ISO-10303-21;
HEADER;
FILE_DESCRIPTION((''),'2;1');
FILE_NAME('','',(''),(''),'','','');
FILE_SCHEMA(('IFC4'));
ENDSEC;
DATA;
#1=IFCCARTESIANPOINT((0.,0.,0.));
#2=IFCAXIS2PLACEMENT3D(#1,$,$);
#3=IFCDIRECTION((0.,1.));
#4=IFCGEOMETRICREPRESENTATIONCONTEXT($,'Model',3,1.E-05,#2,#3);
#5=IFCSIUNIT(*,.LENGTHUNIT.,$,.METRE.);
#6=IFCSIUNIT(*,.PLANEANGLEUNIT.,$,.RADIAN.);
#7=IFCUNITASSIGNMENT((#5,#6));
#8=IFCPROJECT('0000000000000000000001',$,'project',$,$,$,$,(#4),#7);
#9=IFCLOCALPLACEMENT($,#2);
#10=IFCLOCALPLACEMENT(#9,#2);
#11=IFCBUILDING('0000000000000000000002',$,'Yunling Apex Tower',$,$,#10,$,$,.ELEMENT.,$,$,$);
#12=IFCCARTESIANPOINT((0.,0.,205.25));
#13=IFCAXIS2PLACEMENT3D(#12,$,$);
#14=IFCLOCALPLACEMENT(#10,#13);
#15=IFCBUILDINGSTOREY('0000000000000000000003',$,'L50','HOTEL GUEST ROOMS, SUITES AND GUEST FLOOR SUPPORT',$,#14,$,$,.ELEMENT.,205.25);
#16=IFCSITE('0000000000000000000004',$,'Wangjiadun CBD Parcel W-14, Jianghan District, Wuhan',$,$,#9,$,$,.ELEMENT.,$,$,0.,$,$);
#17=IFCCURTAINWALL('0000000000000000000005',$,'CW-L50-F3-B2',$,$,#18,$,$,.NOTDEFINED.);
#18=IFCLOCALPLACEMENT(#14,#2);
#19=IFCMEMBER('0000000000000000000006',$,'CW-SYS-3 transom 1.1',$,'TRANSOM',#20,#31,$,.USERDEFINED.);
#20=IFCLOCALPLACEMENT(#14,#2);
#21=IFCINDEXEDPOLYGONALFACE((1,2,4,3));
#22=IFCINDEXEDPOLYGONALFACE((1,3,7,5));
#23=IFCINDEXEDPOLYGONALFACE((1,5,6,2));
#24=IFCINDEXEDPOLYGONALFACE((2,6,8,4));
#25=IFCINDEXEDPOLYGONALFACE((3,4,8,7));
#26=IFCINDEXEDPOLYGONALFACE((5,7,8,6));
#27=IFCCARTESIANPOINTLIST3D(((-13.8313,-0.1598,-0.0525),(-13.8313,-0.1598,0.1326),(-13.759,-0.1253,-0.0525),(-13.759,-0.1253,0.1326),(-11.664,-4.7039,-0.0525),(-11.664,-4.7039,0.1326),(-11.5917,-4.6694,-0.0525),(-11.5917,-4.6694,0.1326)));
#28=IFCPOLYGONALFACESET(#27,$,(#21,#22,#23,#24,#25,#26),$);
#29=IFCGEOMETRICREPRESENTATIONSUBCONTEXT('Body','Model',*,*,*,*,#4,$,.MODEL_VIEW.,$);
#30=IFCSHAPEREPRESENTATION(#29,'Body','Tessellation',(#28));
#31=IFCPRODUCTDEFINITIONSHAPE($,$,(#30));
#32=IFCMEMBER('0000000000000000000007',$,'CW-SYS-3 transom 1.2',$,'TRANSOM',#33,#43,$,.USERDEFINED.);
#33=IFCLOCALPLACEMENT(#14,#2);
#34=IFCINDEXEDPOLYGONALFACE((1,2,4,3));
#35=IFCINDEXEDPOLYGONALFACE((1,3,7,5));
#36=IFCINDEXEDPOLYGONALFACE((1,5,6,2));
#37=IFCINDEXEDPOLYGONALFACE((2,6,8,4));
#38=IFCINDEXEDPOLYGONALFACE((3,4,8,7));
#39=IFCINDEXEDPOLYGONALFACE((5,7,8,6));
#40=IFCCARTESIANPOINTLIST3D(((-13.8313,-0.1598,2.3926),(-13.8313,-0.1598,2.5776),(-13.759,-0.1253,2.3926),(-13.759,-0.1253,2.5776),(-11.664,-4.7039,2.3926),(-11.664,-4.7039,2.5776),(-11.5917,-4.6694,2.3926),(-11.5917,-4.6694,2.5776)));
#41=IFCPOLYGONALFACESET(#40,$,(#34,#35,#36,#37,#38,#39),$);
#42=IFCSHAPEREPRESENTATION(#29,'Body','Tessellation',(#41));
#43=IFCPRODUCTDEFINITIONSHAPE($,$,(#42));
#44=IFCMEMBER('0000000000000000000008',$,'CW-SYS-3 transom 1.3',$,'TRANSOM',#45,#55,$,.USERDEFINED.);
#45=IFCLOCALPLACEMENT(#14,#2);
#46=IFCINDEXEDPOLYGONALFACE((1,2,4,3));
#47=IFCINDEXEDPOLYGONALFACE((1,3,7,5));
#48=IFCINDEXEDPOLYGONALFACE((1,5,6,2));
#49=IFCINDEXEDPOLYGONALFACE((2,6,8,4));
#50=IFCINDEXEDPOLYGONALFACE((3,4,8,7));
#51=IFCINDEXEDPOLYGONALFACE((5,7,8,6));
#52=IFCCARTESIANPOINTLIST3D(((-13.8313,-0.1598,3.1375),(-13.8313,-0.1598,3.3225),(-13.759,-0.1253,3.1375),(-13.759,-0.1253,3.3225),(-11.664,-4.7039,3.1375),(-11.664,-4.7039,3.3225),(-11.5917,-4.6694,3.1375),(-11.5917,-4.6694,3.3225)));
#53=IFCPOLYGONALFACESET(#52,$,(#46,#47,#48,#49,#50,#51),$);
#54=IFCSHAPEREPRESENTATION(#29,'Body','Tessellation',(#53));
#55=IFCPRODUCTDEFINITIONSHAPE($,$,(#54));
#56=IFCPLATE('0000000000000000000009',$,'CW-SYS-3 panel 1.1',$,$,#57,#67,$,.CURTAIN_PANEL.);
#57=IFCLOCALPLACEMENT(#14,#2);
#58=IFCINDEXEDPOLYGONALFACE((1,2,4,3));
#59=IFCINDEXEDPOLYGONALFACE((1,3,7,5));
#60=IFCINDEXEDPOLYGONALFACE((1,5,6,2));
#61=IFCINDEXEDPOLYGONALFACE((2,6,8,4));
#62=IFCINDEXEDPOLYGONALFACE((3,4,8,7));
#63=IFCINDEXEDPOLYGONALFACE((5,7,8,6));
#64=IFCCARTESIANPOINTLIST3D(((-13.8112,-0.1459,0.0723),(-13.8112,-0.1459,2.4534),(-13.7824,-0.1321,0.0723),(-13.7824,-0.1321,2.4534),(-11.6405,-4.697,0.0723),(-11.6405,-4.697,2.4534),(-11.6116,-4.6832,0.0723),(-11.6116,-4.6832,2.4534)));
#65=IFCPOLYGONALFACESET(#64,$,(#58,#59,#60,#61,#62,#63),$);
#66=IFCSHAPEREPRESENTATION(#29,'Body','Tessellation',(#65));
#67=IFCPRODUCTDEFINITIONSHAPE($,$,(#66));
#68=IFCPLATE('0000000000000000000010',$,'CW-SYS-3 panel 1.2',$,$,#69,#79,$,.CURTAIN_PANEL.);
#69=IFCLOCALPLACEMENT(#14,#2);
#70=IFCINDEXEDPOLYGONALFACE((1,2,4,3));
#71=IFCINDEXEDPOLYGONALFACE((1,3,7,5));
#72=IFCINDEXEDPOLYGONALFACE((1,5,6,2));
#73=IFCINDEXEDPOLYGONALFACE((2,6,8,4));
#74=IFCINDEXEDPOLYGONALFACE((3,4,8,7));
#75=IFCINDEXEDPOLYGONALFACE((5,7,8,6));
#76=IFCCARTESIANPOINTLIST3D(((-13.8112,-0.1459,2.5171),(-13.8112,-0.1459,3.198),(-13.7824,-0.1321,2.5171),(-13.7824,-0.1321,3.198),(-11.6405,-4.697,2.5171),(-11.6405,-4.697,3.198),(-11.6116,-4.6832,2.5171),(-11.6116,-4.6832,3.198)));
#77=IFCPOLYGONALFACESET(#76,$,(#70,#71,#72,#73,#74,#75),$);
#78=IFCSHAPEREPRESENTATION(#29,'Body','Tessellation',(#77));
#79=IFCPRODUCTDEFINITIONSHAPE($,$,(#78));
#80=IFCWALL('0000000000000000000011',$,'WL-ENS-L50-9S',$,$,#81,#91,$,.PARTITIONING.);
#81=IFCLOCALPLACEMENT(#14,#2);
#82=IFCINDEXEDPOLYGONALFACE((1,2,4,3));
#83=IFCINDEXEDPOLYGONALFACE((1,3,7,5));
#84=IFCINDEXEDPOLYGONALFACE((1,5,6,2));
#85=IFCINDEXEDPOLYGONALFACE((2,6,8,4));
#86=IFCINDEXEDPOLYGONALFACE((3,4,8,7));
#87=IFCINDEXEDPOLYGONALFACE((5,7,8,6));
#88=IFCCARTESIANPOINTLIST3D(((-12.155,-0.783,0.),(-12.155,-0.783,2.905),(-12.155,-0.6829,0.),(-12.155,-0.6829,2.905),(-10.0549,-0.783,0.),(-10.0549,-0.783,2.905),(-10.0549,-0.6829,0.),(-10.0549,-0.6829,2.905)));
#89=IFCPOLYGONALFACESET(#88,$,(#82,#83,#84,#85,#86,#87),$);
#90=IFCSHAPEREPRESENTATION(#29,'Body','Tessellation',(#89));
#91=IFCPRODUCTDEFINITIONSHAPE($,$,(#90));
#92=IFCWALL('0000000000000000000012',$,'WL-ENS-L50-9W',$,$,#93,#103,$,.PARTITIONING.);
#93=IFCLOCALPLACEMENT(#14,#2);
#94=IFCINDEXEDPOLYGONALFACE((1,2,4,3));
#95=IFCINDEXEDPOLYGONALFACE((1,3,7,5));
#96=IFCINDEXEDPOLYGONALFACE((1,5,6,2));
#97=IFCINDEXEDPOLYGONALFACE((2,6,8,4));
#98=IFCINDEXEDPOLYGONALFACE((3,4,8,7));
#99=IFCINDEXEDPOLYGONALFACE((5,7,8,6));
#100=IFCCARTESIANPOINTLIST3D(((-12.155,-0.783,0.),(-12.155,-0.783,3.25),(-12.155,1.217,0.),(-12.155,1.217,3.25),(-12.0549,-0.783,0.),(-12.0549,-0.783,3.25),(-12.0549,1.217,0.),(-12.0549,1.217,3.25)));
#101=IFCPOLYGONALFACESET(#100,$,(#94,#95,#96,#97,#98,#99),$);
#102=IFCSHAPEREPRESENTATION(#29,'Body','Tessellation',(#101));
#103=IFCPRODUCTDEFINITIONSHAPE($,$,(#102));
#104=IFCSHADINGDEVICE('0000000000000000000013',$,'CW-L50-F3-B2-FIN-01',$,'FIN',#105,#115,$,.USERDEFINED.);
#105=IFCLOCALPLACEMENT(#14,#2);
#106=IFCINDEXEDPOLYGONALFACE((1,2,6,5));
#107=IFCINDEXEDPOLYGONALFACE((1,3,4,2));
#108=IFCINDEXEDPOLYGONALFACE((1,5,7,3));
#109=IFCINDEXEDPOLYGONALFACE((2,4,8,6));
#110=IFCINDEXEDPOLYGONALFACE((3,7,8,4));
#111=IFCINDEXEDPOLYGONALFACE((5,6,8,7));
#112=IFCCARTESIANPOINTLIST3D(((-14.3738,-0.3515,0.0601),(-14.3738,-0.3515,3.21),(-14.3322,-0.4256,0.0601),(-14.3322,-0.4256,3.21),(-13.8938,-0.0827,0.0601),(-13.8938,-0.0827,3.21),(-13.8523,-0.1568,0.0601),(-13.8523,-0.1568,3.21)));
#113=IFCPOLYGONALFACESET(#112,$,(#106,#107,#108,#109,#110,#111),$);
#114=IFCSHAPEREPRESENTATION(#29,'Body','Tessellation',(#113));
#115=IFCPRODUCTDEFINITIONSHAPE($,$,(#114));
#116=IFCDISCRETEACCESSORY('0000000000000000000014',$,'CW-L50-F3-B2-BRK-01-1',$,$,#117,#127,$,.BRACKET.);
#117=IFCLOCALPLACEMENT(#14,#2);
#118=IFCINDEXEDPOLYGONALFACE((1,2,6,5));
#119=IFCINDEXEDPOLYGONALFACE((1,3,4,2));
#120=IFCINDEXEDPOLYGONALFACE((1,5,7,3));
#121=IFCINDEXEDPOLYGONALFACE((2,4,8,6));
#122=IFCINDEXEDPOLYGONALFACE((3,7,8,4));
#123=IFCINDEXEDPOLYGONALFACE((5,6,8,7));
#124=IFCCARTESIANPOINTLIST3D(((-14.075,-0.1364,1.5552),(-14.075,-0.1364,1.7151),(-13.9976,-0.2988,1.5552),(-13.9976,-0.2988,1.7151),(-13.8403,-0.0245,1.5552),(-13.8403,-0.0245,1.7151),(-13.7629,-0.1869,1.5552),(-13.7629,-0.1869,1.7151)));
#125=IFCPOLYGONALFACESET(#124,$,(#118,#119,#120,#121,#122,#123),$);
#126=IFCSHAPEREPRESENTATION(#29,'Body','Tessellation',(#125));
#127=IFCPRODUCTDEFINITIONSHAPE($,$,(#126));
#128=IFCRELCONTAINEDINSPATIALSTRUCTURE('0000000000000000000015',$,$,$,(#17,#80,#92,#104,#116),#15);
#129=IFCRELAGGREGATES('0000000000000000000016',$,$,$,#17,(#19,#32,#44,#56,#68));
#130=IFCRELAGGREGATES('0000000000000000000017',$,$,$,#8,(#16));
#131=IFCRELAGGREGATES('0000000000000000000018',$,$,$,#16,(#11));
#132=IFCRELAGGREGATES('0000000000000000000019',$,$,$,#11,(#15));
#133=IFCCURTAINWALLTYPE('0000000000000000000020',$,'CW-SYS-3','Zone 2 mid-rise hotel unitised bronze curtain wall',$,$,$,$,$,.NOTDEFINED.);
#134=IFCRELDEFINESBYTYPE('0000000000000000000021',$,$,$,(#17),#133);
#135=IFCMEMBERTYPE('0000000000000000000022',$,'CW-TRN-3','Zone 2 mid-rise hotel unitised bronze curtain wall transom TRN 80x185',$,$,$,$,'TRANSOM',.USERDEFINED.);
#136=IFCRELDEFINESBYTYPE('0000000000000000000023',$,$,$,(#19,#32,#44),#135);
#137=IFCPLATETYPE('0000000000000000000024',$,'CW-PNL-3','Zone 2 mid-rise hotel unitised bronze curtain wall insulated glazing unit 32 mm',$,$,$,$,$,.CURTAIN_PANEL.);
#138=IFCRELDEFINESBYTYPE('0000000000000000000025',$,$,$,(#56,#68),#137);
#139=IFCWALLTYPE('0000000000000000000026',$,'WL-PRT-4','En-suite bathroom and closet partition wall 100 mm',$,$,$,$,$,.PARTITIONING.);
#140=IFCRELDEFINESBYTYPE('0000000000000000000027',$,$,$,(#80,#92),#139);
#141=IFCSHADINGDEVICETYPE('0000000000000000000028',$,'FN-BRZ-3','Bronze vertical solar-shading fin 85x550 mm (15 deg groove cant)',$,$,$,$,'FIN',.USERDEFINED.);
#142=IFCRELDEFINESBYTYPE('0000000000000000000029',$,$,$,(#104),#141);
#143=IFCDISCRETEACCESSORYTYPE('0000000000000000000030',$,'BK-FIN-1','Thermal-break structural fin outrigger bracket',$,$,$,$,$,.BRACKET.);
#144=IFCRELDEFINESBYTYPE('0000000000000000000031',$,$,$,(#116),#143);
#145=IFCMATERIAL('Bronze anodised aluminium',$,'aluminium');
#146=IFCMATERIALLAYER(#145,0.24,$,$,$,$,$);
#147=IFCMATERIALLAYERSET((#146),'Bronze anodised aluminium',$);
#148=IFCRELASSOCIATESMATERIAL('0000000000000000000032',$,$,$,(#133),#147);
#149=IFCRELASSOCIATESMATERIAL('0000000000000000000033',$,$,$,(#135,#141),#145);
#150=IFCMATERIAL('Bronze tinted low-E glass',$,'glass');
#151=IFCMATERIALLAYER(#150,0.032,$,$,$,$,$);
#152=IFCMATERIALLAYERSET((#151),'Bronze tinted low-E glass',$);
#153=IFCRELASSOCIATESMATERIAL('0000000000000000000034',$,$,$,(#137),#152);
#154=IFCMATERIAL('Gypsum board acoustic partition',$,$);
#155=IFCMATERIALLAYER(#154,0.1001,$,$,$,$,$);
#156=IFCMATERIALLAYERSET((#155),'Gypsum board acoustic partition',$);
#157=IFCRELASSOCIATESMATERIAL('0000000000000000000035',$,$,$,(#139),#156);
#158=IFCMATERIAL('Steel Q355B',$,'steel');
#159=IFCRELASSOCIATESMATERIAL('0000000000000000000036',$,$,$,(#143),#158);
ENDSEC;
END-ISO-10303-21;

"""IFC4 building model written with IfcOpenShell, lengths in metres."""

from ifc_helpers import new_model, si_unit, direction, frame, frame_2d, origin, origin_2d, place, context, subcontext, project, spatial, rectangle, extrude, source, transform, mapped, material, layer, layer_set, material_profile, profile_set, type_object, element, aggregate, save


model = new_model("IFC4")

# Units and contexts
model_context = context("Model", 3, precision=1e-05, world=origin(), true_north=direction((0.0, 1.0)))
body_context = subcontext(model_context, "Body", "Model", "MODEL_VIEW")
ifc_project = project(units=[si_unit("LENGTHUNIT", "METRE"), si_unit("PLANEANGLEUNIT", "RADIAN")], contexts=[model_context])

# Site, building, storey
site_placement = place(None, origin())
site = spatial("IfcSite", under=ifc_project, at=site_placement, Name="Wangjiadun CBD Parcel W-14, Jianghan District, Wuhan", CompositionType="ELEMENT", RefElevation=0.0)
building_placement = place(site_placement, origin())
building = spatial("IfcBuilding", under=site, at=building_placement, Name="Yunling Apex Tower", CompositionType="ELEMENT")
storey_placement = place(building_placement, frame((0.0, 0.0, 205.25)))
storey = spatial("IfcBuildingStorey", under=building, at=storey_placement, Name="L50", Description="HOTEL GUEST ROOMS, SUITES AND GUEST FLOOR SUPPORT", CompositionType="ELEMENT", Elevation=205.25)

# Shared definitions
ifc_material_1 = material(Name="Steel Q355B", Category="steel")

# Shared definitions
ifc_material_2 = material(Name="Bronze anodised aluminium", Category="aluminium")
ifc_layer_1 = layer(ifc_material_2, 0.24)
ifc_layer_set_1 = layer_set([ifc_layer_1], Name="Bronze anodised aluminium")
curtain_wall_type = type_object("IfcCurtainWallType", Name="CW-SYS-3", Description="Zone 2 mid-rise hotel unitised bronze curtain wall", PredefinedType="NOTDEFINED", material=ifc_layer_set_1)

# Curtain wall, members, plates
curtain_wall_1_placement = place(storey_placement, origin())
curtain_wall_1 = element("IfcCurtainWall", 1, at=curtain_wall_1_placement, inside=storey, type_object=curtain_wall_type, Name="CW-L50-F3-B2", PredefinedType="NOTDEFINED")
ifc_material_profile_1 = material_profile(ifc_material_2, rectangle(XDim=0.0801, YDim=0.1851, at=origin_2d()))
ifc_profile_set_1 = profile_set([ifc_material_profile_1], Name="Bronze anodised aluminium")
member_type_1 = type_object("IfcMemberType", Name="CW-TRN-3", Description="Zone 2 mid-rise hotel unitised bronze curtain wall transom TRN 80x185", ElementType="TRANSOM", PredefinedType="USERDEFINED", material=ifc_profile_set_1)
shared_shape_1 = source(origin(), body_context, "Body", "SweptSolid", [
    extrude(rectangle(XDim=0.0801, YDim=0.1851, at=origin_2d()), origin(), (0.0, 0.0, 1.0), 5.0344),
])
member_1_placement = place(storey_placement, frame((-13.7952, -0.1426, 0.04), z_axis=(0.430493, -0.902594, 0.0), x_axis=(0.902594, 0.430493, 0.0)))
member_1 = element("IfcMember", 2, at=member_1_placement, type_object=member_type_1, Name="CW-SYS-3 transom 1.1", ObjectType="TRANSOM", PredefinedType="USERDEFINED", context=body_context, shape_type="MappedRepresentation", body=[
    mapped(shared_shape_1, transform((0.0, 0.0, 0.0), scale=1.0)),
])
member_2_placement = place(storey_placement, frame((-13.7952, -0.1426, 2.4851), z_axis=(0.430493, -0.902594, 0.0), x_axis=(0.902594, 0.430493, 0.0)))
member_2 = element("IfcMember", 3, at=member_2_placement, type_object=member_type_1, Name="CW-SYS-3 transom 1.2", ObjectType="TRANSOM", PredefinedType="USERDEFINED", context=body_context, shape_type="MappedRepresentation", body=[
    mapped(shared_shape_1, transform((0.0, 0.0, 0.0), scale=1.0)),
])
member_3_placement = place(storey_placement, frame((-13.7952, -0.1426, 3.23), z_axis=(0.430493, -0.902594, 0.0), x_axis=(0.902594, 0.430493, 0.0)))
member_3 = element("IfcMember", 4, at=member_3_placement, type_object=member_type_1, Name="CW-SYS-3 transom 1.3", ObjectType="TRANSOM", PredefinedType="USERDEFINED", context=body_context, shape_type="MappedRepresentation", body=[
    mapped(shared_shape_1, transform((0.0, 0.0, 0.0), scale=1.0)),
])
ifc_material_3 = material(Name="Bronze tinted low-E glass", Category="glass")
ifc_layer_2 = layer(ifc_material_3, 0.032)
ifc_layer_set_2 = layer_set([ifc_layer_2], Name="Bronze tinted low-E glass")
plate_type = type_object("IfcPlateType", Name="CW-PNL-3", Description="Zone 2 mid-rise hotel unitised bronze curtain wall insulated glazing unit 32 mm", PredefinedType="CURTAIN_PANEL", material=ifc_layer_set_2)
shared_shape_2 = source(origin(), body_context, "Body", "SweptSolid", [
    extrude(rectangle(XDim=5.0422, YDim=0.032, at=origin_2d()), origin(), (0.0, 0.0, 1.0), 2.3811),
])
plate_1_placement = place(storey_placement, frame((-12.7114, -2.4146, 0.0723), z_axis=(0.0, 0.0, 1.0), x_axis=(0.430516, -0.902583, 0.0)))
plate_1 = element("IfcPlate", 5, at=plate_1_placement, type_object=plate_type, Name="CW-SYS-3 panel 1.1", PredefinedType="CURTAIN_PANEL", context=body_context, shape_type="MappedRepresentation", body=[
    mapped(shared_shape_2, transform((0.0, 0.0, 0.0), scale=1.0)),
])
shared_shape_3 = source(origin(), body_context, "Body", "SweptSolid", [
    extrude(rectangle(XDim=5.0422, YDim=0.032, at=origin_2d()), origin(), (0.0, 0.0, 1.0), 0.6809),
])
plate_2_placement = place(storey_placement, frame((-12.7114, -2.4146, 2.5171), z_axis=(0.0, 0.0, 1.0), x_axis=(0.430516, -0.902583, 0.0)))
plate_2 = element("IfcPlate", 6, at=plate_2_placement, type_object=plate_type, Name="CW-SYS-3 panel 1.2", PredefinedType="CURTAIN_PANEL", context=body_context, shape_type="MappedRepresentation", body=[
    mapped(shared_shape_3, transform((0.0, 0.0, 0.0), scale=1.0)),
])
aggregate(curtain_wall_1, [member_1, member_2, member_3, plate_1, plate_2])

# Walls
ifc_material_4 = material(Name="Gypsum board acoustic partition")
ifc_layer_3 = layer(ifc_material_4, 0.1001)
ifc_layer_set_3 = layer_set([ifc_layer_3], Name="Gypsum board acoustic partition")
wall_type = type_object("IfcWallType", Name="WL-PRT-4", Description="En-suite bathroom and closet partition wall 100 mm", PredefinedType="PARTITIONING", material=ifc_layer_set_3)
wall_1_placement = place(storey_placement, frame((-10.0549, -0.7329, 0.0), z_axis=(0.0, 0.0, 1.0), x_axis=(-1.0, 0.0, 0.0)))
element("IfcWall", 7, at=wall_1_placement, inside=storey, type_object=wall_type, Name="WL-ENS-L50-9S", PredefinedType="PARTITIONING", context=body_context, shape_type="SweptSolid", body=[
    extrude(rectangle(XDim=2.1001, YDim=0.1001, at=frame_2d((1.05, 0.0))), origin(), (0.0, 0.0, 1.0), 2.905),
])
wall_2_placement = place(storey_placement, frame((-12.105, -0.783, 0.0), z_axis=(0.0, 0.0, 1.0), x_axis=(0.0, 1.0, 0.0)))
element("IfcWall", 8, at=wall_2_placement, inside=storey, type_object=wall_type, Name="WL-ENS-L50-9W", PredefinedType="PARTITIONING", context=body_context, shape_type="SweptSolid", body=[
    extrude(rectangle(XDim=2.0, YDim=0.1001, at=frame_2d((1.0, 0.0))), origin(), (0.0, 0.0, 1.0), 3.25),
])

# Shading device
ifc_material_profile_2 = material_profile(ifc_material_2, rectangle(XDim=0.085, YDim=0.55, at=origin_2d()))
ifc_profile_set_2 = profile_set([ifc_material_profile_2], Name="Bronze anodised aluminium")
shading_device_type = type_object("IfcShadingDeviceType", Name="FN-BRZ-3", Description="Bronze vertical solar-shading fin 85x550 mm (15 deg groove cant)", ElementType="FIN", PredefinedType="USERDEFINED", material=ifc_profile_set_2)
shared_shape_4 = source(origin(), body_context, "Body", "SweptSolid", [
    extrude(rectangle(XDim=0.085, YDim=0.55, at=origin_2d()), origin(), (0.0, 0.0, 1.0), 3.1499),
])
shading_device_placement = place(storey_placement, frame((-14.113, -0.2542, 0.0601), z_axis=(0.0, 0.0, 1.0), x_axis=(0.488621, -0.872496, 0.0)))
element("IfcShadingDevice", 9, at=shading_device_placement, inside=storey, type_object=shading_device_type, Name="CW-L50-F3-B2-FIN-01", ObjectType="FIN", PredefinedType="USERDEFINED", context=body_context, shape_type="MappedRepresentation", body=[
    mapped(shared_shape_4, transform((0.0, 0.0, 0.0), scale=1.0)),
])

# Discrete accessory
discrete_accessory_type = type_object("IfcDiscreteAccessoryType", Name="BK-FIN-1", Description="Thermal-break structural fin outrigger bracket", PredefinedType="BRACKET", material=ifc_material_1)
shared_shape_5 = source(origin(), body_context, "Body", "SweptSolid", [
    extrude(rectangle(XDim=0.1799, YDim=0.26, at=origin_2d()), origin(), (0.0, 0.0, 1.0), 0.1599),
])
discrete_accessory_placement = place(storey_placement, frame((-13.9189, -0.1616, 1.5552), z_axis=(0.0, 0.0, 1.0), x_axis=(0.430511, -0.902585, 0.0)))
element("IfcDiscreteAccessory", 10, at=discrete_accessory_placement, inside=storey, type_object=discrete_accessory_type, Name="CW-L50-F3-B2-BRK-01-1", PredefinedType="BRACKET", context=body_context, shape_type="MappedRepresentation", body=[
    mapped(shared_shape_5, transform((0.0, 0.0, 0.0), scale=1.0)),
])

save(model, "model.ifc")
